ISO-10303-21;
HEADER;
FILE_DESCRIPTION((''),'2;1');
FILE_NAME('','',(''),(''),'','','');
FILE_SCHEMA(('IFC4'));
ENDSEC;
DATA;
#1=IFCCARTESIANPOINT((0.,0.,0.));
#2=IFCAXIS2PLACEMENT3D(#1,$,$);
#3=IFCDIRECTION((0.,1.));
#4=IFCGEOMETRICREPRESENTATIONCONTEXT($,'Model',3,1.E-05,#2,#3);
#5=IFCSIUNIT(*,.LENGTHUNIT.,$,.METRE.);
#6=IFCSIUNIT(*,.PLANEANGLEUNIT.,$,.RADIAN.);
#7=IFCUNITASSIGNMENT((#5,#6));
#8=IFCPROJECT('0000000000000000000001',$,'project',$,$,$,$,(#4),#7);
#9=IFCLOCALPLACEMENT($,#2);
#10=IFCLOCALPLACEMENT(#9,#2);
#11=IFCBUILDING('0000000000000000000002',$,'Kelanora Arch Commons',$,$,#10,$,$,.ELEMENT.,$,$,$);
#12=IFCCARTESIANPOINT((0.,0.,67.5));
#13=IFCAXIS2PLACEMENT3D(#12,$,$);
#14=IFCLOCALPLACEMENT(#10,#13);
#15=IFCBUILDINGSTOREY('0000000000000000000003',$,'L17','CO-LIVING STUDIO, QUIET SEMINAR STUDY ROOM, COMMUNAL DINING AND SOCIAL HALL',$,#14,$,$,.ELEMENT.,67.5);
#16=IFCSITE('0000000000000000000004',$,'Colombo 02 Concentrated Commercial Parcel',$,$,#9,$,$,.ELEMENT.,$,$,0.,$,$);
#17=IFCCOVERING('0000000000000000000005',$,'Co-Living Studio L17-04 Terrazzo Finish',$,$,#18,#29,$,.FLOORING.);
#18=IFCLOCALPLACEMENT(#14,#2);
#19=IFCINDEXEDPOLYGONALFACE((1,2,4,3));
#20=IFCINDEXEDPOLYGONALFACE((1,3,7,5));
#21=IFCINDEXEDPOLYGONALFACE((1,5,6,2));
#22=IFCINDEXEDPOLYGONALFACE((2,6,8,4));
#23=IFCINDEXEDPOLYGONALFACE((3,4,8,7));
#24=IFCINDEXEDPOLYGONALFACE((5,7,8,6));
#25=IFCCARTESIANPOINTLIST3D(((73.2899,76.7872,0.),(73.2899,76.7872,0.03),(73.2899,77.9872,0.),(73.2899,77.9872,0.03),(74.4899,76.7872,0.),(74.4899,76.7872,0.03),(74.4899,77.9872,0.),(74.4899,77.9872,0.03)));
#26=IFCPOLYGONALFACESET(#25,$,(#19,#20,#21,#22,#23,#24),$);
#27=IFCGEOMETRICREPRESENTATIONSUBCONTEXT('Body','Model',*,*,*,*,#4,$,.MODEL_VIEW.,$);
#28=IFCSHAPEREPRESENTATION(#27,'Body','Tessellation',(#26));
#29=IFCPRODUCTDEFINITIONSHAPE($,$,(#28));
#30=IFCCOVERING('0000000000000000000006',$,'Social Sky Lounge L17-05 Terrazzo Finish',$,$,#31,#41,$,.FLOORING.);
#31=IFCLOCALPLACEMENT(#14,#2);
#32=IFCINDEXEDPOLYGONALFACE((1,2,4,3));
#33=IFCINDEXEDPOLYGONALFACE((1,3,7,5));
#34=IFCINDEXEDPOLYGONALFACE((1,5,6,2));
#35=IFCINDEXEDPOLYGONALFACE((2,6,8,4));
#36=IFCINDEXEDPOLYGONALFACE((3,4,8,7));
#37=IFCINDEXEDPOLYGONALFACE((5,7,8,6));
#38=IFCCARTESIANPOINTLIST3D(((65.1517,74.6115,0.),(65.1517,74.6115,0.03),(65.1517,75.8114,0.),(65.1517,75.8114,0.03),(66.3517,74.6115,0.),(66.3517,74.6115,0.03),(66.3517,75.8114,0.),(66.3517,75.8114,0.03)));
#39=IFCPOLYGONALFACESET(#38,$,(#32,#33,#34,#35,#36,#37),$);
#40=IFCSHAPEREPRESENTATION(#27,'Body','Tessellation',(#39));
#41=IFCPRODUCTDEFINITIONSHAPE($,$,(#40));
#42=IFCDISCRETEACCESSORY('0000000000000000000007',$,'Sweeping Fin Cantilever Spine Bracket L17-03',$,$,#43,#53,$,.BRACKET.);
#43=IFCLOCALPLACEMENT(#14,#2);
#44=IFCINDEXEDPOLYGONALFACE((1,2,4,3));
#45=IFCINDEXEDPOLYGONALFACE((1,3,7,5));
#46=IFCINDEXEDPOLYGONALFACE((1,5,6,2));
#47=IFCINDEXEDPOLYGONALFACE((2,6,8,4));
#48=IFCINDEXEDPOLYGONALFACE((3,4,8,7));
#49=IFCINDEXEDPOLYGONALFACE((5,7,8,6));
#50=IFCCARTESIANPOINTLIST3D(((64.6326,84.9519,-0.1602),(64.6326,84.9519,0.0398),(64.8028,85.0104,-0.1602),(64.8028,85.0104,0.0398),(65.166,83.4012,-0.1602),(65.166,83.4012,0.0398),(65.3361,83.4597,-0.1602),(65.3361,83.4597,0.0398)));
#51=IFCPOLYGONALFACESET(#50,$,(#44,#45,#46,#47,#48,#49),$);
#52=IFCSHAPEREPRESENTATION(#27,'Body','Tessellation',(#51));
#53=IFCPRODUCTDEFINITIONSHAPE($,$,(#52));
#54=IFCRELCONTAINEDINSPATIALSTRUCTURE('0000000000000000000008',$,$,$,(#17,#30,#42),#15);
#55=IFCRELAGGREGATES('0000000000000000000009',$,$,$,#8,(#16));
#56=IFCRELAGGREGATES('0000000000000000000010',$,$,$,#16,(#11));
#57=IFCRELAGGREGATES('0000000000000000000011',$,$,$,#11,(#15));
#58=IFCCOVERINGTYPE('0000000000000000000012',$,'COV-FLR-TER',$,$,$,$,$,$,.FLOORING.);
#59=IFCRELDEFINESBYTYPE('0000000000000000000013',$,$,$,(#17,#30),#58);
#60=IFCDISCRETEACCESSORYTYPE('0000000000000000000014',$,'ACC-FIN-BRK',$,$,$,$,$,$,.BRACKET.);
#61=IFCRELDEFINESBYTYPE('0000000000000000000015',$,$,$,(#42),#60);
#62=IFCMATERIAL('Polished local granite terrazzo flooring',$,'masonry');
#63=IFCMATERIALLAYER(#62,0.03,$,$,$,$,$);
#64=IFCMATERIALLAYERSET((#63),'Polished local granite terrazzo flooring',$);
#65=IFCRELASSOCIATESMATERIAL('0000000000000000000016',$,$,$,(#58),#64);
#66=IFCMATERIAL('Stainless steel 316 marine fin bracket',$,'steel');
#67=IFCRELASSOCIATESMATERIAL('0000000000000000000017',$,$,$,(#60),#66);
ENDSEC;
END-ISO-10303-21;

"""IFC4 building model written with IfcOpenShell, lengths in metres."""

from ifc_helpers import new_model, si_unit, direction, frame, origin, origin_2d, place, context, subcontext, project, spatial, rectangle, extrude, source, transform, mapped, material, layer, layer_set, type_object, element, save


model = new_model("IFC4")

# Units and contexts
model_context = context("Model", 3, precision=1e-05, world=origin(), true_north=direction((0.0, 1.0)))
body_context = subcontext(model_context, "Body", "Model", "MODEL_VIEW")
ifc_project = project(units=[si_unit("LENGTHUNIT", "METRE"), si_unit("PLANEANGLEUNIT", "RADIAN")], contexts=[model_context])

# Site, building, storey
site_placement = place(None, origin())
site = spatial("IfcSite", under=ifc_project, at=site_placement, Name="Colombo 02 Concentrated Commercial Parcel", CompositionType="ELEMENT", RefElevation=0.0)
building_placement = place(site_placement, origin())
building = spatial("IfcBuilding", under=site, at=building_placement, Name="Kelanora Arch Commons", CompositionType="ELEMENT")
storey_placement = place(building_placement, frame((0.0, 0.0, 67.5)))
storey = spatial("IfcBuildingStorey", under=building, at=storey_placement, Name="L17", Description="CO-LIVING STUDIO, QUIET SEMINAR STUDY ROOM, COMMUNAL DINING AND SOCIAL HALL", CompositionType="ELEMENT", Elevation=67.5)

# Coverings
ifc_material_1 = material(Name="Polished local granite terrazzo flooring", Category="masonry")
ifc_layer_1 = layer(ifc_material_1, 0.03)
ifc_layer_set_1 = layer_set([ifc_layer_1], Name="Polished local granite terrazzo flooring")
covering_type = type_object("IfcCoveringType", Name="COV-FLR-TER", PredefinedType="FLOORING", material=ifc_layer_set_1)
shared_shape_1 = source(origin(), body_context, "Body", "SweptSolid", [
    extrude(rectangle(XDim=1.2, YDim=1.2, at=origin_2d()), origin(), (0.0, 0.0, 1.0), 0.03),
])
for number, where, z_axis, x_axis, name in (
    (1, (73.8899, 77.3872, 0.0), (0.0, 0.0, 1.0), (1.0, 0.0, 0.0), "Co-Living Studio L17-04 Terrazzo Finish"),
    (2, (65.7517, 75.2114, 0.0), (0.0, 0.0, 1.0), (1.0, 0.0, 0.0), "Social Sky Lounge L17-05 Terrazzo Finish"),
):
    element("IfcCovering", number, at=place(storey_placement, frame(where, z_axis=z_axis, x_axis=x_axis)), inside=storey, type_object=covering_type, Name=name, PredefinedType="FLOORING", context=body_context, shape_type="MappedRepresentation", body=[
        mapped(shared_shape_1, transform((0.0, 0.0, 0.0), scale=1.0)),
    ])

# Discrete accessory
ifc_material_2 = material(Name="Stainless steel 316 marine fin bracket", Category="steel")
discrete_accessory_type = type_object("IfcDiscreteAccessoryType", Name="ACC-FIN-BRK", PredefinedType="BRACKET", material=ifc_material_2)
shared_shape_2 = source(origin(), body_context, "Body", "SweptSolid", [
    extrude(rectangle(XDim=1.6399, YDim=0.1799, at=origin_2d()), origin(), (0.0, 0.0, 1.0), 0.2),
])
discrete_accessory_placement = place(storey_placement, frame((64.9844, 84.2058, -0.1602), z_axis=(0.0, 0.0, 1.0), x_axis=(-0.325238, 0.945632, 0.0)))
element("IfcDiscreteAccessory", 3, at=discrete_accessory_placement, inside=storey, type_object=discrete_accessory_type, Name="Sweeping Fin Cantilever Spine Bracket L17-03", PredefinedType="BRACKET", context=body_context, shape_type="MappedRepresentation", body=[
    mapped(shared_shape_2, transform((0.0, 0.0, 0.0), scale=1.0)),
])

save(model, "model.ifc")
